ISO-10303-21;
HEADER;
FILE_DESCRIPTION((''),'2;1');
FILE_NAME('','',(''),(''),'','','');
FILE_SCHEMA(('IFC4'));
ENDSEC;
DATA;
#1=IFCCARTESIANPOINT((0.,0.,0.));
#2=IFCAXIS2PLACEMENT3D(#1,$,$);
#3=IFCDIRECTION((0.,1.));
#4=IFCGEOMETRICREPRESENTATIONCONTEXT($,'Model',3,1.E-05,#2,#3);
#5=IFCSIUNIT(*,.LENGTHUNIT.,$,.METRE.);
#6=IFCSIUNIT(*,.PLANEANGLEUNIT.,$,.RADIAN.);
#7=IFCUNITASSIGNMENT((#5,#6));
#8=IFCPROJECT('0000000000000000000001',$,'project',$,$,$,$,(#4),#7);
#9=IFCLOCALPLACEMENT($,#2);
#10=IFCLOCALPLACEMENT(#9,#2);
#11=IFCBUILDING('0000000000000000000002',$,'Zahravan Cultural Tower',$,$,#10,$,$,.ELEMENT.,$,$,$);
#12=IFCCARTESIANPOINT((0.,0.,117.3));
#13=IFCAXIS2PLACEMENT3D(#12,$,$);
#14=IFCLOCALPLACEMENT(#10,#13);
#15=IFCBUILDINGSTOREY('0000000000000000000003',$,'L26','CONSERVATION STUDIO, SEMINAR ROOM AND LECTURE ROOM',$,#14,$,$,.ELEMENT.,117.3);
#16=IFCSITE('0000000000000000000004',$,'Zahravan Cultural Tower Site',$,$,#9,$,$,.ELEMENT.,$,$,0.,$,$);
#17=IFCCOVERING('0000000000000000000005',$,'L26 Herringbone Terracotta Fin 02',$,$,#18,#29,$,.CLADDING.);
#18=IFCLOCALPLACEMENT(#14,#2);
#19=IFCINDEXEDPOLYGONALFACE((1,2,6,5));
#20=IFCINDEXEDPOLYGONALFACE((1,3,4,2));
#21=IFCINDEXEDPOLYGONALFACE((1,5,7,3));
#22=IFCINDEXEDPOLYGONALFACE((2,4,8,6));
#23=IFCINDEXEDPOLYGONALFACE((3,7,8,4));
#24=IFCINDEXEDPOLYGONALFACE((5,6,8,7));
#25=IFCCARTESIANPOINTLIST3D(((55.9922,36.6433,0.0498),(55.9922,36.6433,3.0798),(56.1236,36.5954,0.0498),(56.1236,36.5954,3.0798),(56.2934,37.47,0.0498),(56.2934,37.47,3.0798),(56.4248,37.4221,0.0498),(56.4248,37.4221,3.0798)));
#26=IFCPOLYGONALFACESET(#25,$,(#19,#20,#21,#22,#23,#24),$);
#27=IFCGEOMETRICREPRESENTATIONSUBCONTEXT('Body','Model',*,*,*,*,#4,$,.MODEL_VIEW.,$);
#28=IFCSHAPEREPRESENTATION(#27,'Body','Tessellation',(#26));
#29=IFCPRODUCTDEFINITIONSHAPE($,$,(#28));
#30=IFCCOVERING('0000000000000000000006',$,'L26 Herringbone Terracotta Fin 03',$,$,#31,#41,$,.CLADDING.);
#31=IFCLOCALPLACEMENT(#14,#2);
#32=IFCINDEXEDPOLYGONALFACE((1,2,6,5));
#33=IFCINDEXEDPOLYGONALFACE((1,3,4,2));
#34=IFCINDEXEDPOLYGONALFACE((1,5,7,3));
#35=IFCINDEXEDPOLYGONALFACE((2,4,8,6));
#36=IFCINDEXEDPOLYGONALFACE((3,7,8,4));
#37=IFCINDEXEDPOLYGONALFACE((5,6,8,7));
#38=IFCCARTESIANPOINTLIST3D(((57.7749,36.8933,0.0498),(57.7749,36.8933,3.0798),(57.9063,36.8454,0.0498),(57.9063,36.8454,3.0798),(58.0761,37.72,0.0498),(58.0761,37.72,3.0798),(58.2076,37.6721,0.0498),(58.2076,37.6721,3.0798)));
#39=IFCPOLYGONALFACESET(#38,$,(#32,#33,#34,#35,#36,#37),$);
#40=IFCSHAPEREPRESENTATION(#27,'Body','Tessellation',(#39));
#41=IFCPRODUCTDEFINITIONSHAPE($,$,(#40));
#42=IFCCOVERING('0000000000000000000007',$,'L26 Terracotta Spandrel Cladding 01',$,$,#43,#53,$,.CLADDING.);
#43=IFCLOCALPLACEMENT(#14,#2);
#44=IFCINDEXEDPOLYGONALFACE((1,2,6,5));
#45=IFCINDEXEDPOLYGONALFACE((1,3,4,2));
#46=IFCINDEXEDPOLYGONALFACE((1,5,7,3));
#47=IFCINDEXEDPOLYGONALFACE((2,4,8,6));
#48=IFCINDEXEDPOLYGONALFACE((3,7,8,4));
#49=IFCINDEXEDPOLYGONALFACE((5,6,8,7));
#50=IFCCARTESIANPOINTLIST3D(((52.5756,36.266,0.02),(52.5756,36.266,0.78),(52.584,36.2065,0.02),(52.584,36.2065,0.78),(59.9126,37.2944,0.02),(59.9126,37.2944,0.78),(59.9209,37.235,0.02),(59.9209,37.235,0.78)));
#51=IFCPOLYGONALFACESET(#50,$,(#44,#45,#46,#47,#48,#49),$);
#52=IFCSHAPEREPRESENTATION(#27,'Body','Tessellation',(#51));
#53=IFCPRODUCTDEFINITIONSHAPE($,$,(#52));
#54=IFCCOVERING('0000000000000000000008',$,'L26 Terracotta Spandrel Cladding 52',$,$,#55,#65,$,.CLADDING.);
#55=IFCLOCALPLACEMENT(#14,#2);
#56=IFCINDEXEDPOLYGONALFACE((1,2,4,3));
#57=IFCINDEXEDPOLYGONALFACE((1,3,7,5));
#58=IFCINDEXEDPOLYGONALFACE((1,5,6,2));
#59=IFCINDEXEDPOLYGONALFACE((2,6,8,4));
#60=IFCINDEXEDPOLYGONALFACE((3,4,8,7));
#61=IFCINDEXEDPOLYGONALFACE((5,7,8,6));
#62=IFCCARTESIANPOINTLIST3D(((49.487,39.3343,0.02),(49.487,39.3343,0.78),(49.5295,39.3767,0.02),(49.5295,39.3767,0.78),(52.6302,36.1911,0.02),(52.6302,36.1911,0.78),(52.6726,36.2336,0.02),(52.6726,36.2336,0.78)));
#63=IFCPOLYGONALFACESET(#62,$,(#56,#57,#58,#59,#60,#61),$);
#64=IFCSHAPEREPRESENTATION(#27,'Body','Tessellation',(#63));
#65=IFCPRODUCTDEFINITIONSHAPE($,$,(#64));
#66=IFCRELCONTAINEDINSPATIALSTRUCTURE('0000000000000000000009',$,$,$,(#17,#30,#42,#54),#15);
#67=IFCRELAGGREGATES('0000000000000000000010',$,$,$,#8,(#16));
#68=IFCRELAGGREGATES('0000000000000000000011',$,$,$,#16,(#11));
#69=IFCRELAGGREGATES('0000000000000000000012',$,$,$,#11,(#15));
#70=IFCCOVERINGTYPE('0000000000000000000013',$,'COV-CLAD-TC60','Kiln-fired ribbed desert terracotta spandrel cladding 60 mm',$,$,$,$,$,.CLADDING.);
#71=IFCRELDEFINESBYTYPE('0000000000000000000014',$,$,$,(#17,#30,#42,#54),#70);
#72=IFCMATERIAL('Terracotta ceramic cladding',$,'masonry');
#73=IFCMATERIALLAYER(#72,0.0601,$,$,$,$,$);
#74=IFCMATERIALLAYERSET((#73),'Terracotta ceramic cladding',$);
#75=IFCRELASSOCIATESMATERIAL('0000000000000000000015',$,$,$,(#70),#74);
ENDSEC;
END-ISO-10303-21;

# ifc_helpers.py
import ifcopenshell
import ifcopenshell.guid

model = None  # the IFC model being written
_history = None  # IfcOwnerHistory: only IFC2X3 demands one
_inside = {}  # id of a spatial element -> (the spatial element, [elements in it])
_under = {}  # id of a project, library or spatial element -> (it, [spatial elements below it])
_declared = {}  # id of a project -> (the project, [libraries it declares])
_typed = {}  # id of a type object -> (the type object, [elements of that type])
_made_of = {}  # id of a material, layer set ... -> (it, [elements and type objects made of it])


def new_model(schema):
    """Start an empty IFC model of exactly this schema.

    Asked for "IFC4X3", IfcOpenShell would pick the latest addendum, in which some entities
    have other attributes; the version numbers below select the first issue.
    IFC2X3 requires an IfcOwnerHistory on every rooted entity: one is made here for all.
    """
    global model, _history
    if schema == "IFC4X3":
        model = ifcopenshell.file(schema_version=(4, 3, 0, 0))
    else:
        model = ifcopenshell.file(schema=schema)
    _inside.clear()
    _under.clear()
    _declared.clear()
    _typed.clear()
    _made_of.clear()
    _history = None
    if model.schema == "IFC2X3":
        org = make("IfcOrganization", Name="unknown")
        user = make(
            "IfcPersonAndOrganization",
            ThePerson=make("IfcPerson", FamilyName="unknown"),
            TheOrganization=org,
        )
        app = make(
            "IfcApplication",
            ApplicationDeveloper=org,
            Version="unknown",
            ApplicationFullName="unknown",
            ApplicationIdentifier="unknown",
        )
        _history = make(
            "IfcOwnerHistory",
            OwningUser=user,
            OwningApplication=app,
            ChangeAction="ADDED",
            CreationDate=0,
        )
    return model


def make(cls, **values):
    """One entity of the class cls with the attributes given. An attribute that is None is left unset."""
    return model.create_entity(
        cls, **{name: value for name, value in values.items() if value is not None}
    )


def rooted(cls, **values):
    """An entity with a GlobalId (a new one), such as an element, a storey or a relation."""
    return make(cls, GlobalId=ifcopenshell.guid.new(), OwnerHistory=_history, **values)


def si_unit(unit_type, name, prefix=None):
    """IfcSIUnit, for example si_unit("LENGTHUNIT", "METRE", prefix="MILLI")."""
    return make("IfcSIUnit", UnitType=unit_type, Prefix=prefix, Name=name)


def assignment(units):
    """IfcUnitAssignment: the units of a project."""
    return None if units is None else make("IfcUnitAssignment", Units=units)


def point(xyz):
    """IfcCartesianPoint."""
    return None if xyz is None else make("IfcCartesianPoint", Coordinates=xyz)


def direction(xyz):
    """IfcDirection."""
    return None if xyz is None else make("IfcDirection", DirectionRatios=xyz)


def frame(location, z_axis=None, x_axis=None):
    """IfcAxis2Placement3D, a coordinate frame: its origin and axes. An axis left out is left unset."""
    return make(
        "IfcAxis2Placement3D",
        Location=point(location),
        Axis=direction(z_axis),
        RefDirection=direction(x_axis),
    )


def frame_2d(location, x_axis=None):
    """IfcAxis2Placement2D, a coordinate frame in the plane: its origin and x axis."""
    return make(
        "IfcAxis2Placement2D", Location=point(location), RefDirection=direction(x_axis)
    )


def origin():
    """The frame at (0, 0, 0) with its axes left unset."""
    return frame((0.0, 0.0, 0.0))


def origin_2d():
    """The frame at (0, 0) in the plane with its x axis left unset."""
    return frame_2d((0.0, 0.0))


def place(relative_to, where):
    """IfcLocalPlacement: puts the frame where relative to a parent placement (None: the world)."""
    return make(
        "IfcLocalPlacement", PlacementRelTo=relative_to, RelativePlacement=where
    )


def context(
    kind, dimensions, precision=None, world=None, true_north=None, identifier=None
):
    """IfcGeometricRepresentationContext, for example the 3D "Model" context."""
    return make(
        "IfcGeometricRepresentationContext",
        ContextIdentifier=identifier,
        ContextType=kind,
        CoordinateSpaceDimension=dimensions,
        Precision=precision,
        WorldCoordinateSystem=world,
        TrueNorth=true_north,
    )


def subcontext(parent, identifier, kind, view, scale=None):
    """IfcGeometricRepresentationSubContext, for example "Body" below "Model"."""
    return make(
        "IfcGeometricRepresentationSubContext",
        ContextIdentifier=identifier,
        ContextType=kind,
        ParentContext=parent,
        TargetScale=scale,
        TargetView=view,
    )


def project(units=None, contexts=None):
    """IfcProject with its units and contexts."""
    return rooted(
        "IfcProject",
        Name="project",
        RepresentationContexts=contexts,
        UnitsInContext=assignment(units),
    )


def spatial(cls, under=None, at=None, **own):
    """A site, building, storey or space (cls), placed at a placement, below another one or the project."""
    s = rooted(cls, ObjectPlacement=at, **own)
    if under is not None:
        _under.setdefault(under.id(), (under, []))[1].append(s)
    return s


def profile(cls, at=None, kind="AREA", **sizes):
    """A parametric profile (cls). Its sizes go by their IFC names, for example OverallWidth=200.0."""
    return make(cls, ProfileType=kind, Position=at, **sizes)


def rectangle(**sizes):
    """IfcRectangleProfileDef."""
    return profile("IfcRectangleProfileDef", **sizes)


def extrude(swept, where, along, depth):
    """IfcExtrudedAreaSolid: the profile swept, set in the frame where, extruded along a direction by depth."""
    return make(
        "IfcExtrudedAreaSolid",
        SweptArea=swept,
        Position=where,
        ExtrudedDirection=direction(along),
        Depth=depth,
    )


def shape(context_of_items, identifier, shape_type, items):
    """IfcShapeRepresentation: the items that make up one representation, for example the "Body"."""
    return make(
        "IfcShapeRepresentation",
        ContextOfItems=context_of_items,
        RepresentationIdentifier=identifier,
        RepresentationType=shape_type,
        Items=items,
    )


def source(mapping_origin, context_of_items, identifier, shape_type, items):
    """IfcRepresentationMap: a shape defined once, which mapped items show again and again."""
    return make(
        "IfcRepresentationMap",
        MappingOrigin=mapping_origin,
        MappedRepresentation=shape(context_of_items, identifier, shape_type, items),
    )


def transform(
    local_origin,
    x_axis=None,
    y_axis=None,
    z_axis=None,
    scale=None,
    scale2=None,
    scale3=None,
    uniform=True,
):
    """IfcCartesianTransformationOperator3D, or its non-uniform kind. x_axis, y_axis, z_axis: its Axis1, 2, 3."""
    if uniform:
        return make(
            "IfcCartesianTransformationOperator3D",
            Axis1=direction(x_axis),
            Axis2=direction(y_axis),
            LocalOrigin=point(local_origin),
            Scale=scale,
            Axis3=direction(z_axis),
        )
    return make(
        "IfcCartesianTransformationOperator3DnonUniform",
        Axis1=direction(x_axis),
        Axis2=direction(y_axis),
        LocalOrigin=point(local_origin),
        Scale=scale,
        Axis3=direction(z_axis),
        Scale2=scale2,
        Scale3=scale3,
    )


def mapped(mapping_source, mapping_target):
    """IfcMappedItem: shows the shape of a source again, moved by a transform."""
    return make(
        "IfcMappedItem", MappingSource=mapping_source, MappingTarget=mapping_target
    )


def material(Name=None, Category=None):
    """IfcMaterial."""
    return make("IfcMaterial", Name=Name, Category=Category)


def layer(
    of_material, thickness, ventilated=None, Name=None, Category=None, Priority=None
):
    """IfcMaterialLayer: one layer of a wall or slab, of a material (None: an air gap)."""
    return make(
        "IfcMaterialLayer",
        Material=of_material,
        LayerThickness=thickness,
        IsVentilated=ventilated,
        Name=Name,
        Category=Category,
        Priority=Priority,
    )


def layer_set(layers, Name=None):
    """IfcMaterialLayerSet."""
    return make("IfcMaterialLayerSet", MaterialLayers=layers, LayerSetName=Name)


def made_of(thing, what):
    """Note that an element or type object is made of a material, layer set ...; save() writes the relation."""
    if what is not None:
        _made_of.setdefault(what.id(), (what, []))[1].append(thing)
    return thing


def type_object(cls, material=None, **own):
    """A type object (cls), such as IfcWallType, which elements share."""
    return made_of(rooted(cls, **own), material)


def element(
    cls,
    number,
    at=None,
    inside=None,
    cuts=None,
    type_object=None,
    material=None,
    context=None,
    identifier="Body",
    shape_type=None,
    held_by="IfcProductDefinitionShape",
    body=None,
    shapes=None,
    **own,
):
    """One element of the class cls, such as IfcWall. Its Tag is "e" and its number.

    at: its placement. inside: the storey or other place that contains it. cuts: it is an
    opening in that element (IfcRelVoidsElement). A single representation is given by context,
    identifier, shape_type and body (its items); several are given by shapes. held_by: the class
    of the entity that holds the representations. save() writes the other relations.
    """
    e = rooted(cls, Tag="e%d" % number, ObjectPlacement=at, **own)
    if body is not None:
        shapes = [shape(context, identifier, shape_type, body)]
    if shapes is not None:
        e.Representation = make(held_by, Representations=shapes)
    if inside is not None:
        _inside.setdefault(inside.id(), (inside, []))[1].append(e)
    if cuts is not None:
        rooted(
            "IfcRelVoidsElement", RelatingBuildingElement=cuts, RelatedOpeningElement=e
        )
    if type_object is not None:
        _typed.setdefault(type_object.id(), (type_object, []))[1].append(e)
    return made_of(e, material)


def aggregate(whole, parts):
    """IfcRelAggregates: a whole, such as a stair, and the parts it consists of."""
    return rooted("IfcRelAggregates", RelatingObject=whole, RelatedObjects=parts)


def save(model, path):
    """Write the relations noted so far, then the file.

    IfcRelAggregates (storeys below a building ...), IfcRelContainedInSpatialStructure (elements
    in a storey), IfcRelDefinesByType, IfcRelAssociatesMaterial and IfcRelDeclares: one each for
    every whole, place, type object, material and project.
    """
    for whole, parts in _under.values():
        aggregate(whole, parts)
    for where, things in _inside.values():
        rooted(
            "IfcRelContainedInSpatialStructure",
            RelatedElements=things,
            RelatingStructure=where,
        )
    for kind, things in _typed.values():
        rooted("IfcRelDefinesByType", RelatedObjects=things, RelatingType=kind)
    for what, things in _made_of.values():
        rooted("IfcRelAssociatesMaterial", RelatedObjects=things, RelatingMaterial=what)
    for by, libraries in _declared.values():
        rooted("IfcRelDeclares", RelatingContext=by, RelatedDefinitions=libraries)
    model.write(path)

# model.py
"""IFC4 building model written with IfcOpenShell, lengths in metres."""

from ifc_helpers import new_model, si_unit, direction, frame, origin, origin_2d, place, context, subcontext, project, spatial, rectangle, extrude, source, transform, mapped, material, layer, layer_set, type_object, element, save


model = new_model("IFC4")

# Units and contexts
model_context = context("Model", 3, precision=1e-05, world=origin(), true_north=direction((0.0, 1.0)))
body_context = subcontext(model_context, "Body", "Model", "MODEL_VIEW")
ifc_project = project(units=[si_unit("LENGTHUNIT", "METRE"), si_unit("PLANEANGLEUNIT", "RADIAN")], contexts=[model_context])

# Site, building, storey
site_placement = place(None, origin())
site = spatial("IfcSite", under=ifc_project, at=site_placement, Name="Zahravan Cultural Tower Site", CompositionType="ELEMENT", RefElevation=0.0)
building_placement = place(site_placement, origin())
building = spatial("IfcBuilding", under=site, at=building_placement, Name="Zahravan Cultural Tower", CompositionType="ELEMENT")
storey_placement = place(building_placement, frame((0.0, 0.0, 117.3)))
storey = spatial("IfcBuildingStorey", under=building, at=storey_placement, Name="L26", Description="CONSERVATION STUDIO, SEMINAR ROOM AND LECTURE ROOM", CompositionType="ELEMENT", Elevation=117.3)

# Coverings
ifc_material_1 = material(Name="Terracotta ceramic cladding", Category="masonry")
ifc_layer_1 = layer(ifc_material_1, 0.0601)
ifc_layer_set_1 = layer_set([ifc_layer_1], Name="Terracotta ceramic cladding")
covering_type = type_object("IfcCoveringType", Name="COV-CLAD-TC60", Description="Kiln-fired ribbed desert terracotta spandrel cladding 60 mm", PredefinedType="CLADDING", material=ifc_layer_set_1)
shared_shape_1 = source(origin(), body_context, "Body", "SweptSolid", [
    extrude(rectangle(XDim=0.8799, YDim=0.1399, at=origin_2d()), origin(), (0.0, 0.0, 1.0), 3.03),
])
for number, where, z_axis, x_axis, name in (
    (1, (56.2085, 37.0327, 0.0498), (0.0, 0.0, 1.0), (0.342365, 0.939567, 0.0), "L26 Herringbone Terracotta Fin 02"),
    (2, (57.9912, 37.2827, 0.0498), (0.0, 0.0, 1.0), (0.342365, 0.939567, 0.0), "L26 Herringbone Terracotta Fin 03"),
):
    element("IfcCovering", number, at=place(storey_placement, frame(where, z_axis=z_axis, x_axis=x_axis)), inside=storey, type_object=covering_type, Name=name, PredefinedType="CLADDING", context=body_context, shape_type="MappedRepresentation", body=[
        mapped(shared_shape_1, transform((0.0, 0.0, 0.0), x_axis=(1.0, 0.0, 0.0), y_axis=(0.0, 1.0, 0.0), z_axis=(0.0, 0.0, 1.0), scale=1.0)),
    ])
shared_shape_2 = source(origin(), body_context, "Body", "SweptSolid", [
    extrude(rectangle(XDim=7.4087, YDim=0.0601, at=origin_2d()), origin(), (0.0, 0.0, 1.0), 0.76),
])
covering_1_placement = place(storey_placement, frame((56.2483, 36.7505, 0.02), z_axis=(0.0, 0.0, 1.0), x_axis=(0.990319, 0.13881, 0.0)))
element("IfcCovering", 3, at=covering_1_placement, inside=storey, type_object=covering_type, Name="L26 Terracotta Spandrel Cladding 01", PredefinedType="CLADDING", context=body_context, shape_type="MappedRepresentation", body=[
    mapped(shared_shape_2, transform((0.0, 0.0, 0.0), x_axis=(1.0, 0.0, 0.0), y_axis=(0.0, 1.0, 0.0), z_axis=(0.0, 0.0, 1.0), scale=1.0)),
])
shared_shape_3 = source(origin(), body_context, "Body", "SweptSolid", [
    extrude(rectangle(XDim=4.4451, YDim=0.0601, at=origin_2d()), origin(), (0.0, 0.0, 1.0), 0.76),
])
covering_2_placement = place(storey_placement, frame((51.0798, 37.7839, 0.02), z_axis=(0.0, 0.0, 1.0), x_axis=(0.707107, -0.707107, 0.0)))
element("IfcCovering", 4, at=covering_2_placement, inside=storey, type_object=covering_type, Name="L26 Terracotta Spandrel Cladding 52", PredefinedType="CLADDING", context=body_context, shape_type="MappedRepresentation", body=[
    mapped(shared_shape_3, transform((0.0, 0.0, 0.0), x_axis=(1.0, 0.0, 0.0), y_axis=(0.0, 1.0, 0.0), z_axis=(0.0, 0.0, 1.0), scale=1.0)),
])

save(model, "model.ifc")
